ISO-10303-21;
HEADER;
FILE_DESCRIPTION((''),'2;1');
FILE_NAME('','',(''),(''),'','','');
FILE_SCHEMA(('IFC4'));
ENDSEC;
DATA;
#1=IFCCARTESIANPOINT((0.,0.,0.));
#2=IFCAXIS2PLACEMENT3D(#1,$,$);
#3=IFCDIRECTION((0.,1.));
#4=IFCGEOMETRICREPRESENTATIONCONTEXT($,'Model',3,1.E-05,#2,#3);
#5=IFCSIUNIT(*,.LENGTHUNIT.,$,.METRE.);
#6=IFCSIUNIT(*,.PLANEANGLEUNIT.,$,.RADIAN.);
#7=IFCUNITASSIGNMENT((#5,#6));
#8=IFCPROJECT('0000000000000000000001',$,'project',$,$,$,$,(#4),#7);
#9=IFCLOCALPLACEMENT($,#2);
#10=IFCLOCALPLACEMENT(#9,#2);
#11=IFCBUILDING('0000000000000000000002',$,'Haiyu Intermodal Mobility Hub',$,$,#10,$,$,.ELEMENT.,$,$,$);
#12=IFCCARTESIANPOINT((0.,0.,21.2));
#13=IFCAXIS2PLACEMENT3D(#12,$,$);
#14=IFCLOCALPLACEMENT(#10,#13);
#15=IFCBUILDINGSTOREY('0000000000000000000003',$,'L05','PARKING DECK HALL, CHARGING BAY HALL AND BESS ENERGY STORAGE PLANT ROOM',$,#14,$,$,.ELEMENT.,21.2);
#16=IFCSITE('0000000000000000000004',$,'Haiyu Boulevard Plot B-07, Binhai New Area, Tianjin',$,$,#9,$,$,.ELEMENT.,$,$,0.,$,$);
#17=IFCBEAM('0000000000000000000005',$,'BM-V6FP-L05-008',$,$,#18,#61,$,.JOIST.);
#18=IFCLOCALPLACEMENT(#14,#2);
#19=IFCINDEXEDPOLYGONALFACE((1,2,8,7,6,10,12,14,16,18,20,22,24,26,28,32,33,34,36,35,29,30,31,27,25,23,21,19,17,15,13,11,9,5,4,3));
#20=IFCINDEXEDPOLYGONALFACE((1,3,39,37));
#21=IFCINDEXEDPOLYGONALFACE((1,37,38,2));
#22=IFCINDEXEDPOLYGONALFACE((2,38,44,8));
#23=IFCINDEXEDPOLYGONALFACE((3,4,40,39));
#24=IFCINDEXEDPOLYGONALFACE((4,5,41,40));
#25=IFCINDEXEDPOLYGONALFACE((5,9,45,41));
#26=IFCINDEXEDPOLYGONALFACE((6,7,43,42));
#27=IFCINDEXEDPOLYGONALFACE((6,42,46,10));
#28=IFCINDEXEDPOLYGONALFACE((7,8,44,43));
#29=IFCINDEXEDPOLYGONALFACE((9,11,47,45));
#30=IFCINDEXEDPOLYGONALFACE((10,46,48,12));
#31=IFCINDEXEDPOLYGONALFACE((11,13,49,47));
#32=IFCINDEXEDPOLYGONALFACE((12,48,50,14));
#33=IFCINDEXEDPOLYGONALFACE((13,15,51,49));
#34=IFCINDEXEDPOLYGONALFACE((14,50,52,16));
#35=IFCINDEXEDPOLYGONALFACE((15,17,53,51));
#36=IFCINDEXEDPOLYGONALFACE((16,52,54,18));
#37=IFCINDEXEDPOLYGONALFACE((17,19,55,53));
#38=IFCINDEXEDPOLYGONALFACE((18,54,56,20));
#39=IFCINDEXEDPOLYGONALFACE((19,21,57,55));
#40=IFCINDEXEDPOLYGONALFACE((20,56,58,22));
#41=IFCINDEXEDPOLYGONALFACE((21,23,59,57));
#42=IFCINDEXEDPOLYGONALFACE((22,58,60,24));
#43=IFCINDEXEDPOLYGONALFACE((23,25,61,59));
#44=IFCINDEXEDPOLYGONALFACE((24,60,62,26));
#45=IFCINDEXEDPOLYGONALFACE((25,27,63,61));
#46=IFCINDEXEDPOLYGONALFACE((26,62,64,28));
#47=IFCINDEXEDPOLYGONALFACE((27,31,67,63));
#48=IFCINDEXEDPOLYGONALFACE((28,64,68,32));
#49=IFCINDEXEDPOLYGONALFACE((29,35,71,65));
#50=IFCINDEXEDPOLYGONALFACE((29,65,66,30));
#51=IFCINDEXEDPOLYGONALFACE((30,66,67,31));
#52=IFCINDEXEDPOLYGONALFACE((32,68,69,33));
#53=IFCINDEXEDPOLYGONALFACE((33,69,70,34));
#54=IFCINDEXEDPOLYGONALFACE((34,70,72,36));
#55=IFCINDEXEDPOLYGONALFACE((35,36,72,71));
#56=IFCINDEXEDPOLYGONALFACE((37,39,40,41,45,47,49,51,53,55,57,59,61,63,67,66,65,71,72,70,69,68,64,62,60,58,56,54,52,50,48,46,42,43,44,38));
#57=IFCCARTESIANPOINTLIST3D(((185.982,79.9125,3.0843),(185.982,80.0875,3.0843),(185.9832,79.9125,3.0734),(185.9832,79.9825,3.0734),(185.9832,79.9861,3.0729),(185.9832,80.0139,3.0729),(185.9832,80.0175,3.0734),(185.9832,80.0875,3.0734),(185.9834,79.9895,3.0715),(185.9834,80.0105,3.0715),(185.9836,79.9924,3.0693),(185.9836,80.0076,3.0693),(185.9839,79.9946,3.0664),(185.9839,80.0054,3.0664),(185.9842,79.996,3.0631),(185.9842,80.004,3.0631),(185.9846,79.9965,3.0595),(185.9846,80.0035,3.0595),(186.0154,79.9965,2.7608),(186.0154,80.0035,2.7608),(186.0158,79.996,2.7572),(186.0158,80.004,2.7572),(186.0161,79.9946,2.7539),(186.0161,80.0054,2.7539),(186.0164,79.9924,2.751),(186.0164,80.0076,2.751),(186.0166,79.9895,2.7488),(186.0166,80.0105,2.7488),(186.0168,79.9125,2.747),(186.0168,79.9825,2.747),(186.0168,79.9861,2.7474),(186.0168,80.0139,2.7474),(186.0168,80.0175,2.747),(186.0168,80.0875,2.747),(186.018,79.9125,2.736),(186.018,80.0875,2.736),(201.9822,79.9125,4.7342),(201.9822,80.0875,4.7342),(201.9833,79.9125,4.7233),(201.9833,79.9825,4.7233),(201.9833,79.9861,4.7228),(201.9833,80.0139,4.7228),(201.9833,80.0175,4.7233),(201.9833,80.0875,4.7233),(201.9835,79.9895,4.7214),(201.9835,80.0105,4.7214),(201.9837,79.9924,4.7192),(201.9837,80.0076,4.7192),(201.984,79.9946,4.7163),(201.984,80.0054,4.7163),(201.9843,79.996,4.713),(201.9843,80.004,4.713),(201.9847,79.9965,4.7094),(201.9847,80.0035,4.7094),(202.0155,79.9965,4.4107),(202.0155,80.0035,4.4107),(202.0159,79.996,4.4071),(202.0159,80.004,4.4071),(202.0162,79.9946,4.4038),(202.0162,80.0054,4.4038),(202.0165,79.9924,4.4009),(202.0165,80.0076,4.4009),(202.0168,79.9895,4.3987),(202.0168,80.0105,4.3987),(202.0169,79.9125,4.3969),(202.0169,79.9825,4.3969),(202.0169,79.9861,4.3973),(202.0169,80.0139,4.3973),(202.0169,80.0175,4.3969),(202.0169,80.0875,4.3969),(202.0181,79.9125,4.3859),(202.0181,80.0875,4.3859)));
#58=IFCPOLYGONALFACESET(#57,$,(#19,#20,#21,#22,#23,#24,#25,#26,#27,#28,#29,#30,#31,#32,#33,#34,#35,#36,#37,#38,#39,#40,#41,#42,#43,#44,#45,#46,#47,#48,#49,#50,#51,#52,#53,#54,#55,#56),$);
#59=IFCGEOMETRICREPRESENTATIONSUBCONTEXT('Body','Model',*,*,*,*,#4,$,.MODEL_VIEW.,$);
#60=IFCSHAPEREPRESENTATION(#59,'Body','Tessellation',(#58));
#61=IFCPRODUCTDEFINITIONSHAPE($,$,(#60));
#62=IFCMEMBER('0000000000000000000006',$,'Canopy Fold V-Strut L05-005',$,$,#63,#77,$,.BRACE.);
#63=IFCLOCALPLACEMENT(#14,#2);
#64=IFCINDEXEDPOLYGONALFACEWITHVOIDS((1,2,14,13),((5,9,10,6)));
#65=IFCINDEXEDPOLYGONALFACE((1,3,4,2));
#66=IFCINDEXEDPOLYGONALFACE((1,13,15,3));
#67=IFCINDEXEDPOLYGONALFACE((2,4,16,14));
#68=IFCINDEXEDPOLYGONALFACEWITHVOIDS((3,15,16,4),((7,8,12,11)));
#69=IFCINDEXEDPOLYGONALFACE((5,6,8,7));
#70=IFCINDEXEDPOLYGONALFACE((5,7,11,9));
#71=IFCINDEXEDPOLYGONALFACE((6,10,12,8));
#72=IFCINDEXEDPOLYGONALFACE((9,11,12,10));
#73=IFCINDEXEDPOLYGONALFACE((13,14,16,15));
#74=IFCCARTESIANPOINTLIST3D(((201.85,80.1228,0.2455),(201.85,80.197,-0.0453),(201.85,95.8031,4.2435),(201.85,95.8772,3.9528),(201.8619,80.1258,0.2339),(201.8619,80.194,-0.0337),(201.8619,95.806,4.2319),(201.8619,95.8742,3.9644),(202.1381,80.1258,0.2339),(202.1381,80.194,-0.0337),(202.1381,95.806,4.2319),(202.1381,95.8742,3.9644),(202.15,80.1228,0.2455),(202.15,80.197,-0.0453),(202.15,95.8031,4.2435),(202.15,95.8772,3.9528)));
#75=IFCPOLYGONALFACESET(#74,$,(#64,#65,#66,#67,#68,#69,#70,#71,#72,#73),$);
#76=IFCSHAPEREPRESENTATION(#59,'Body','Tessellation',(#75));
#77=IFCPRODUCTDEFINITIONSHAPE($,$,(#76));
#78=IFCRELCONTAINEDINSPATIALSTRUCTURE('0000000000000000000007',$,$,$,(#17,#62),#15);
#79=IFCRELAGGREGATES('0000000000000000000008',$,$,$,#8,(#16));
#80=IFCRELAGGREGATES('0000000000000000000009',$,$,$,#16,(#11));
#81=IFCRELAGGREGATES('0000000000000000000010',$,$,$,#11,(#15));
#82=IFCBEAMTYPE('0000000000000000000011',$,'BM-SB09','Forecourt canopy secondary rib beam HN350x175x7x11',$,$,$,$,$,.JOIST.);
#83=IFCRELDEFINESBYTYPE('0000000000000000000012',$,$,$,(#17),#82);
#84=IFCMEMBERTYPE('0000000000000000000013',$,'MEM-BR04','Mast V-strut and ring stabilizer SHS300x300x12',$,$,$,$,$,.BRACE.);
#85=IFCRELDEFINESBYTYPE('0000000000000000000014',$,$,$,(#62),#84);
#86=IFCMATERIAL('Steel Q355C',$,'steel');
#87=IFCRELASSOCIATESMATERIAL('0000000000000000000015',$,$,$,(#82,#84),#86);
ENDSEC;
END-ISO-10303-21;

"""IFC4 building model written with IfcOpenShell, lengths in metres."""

from ifc_helpers import new_model, si_unit, direction, frame, origin, origin_2d, place, context, subcontext, project, spatial, hollow_rectangle, i_section, extrude, material, material_profile, profile_set, type_object, element, save


model = new_model("IFC4")

# Units and contexts
model_context = context("Model", 3, precision=1e-05, world=origin(), true_north=direction((0.0, 1.0)))
body_context = subcontext(model_context, "Body", "Model", "MODEL_VIEW")
ifc_project = project(units=[si_unit("LENGTHUNIT", "METRE"), si_unit("PLANEANGLEUNIT", "RADIAN")], contexts=[model_context])

# Site, building, storey
site_placement = place(None, origin())
site = spatial("IfcSite", under=ifc_project, at=site_placement, Name="Haiyu Boulevard Plot B-07, Binhai New Area, Tianjin", CompositionType="ELEMENT", RefElevation=0.0)
building_placement = place(site_placement, origin())
building = spatial("IfcBuilding", under=site, at=building_placement, Name="Haiyu Intermodal Mobility Hub", CompositionType="ELEMENT")
storey_placement = place(building_placement, frame((0.0, 0.0, 21.2)))
storey = spatial("IfcBuildingStorey", under=building, at=storey_placement, Name="L05", Description="PARKING DECK HALL, CHARGING BAY HALL AND BESS ENERGY STORAGE PLANT ROOM", CompositionType="ELEMENT", Elevation=21.2)

# Shared definitions
ifc_material_1 = material(Name="Steel Q355C", Category="steel")

# Beam
ifc_material_profile_1 = material_profile(ifc_material_1, i_section(OverallWidth=0.175, OverallDepth=0.3501, WebThickness=0.0071, FlangeThickness=0.011, FilletRadius=0.0139, at=origin_2d()), Name="HN350x175x7x11")
ifc_profile_set_1 = profile_set([ifc_material_profile_1], Name="Steel Q355C")
beam_type_1 = type_object("IfcBeamType", Name="BM-SB09", Description="Forecourt canopy secondary rib beam HN350x175x7x11", PredefinedType="JOIST", material=ifc_profile_set_1)
beam_1_placement = place(storey_placement, frame((186.0, 80.0, 2.9102), z_axis=(0.994725, 0.0, 0.102575), x_axis=(0.0, 1.0, 0.0)))
element("IfcBeam", 1, at=beam_1_placement, inside=storey, type_object=beam_type_1, Name="BM-V6FP-L05-008", PredefinedType="JOIST", context=body_context, shape_type="SweptSolid", body=[
    extrude(i_section(OverallWidth=0.175, OverallDepth=0.3501, WebThickness=0.0071, FlangeThickness=0.011, FilletRadius=0.0139, at=origin_2d()), origin(), (0.0, 0.0, 1.0), 16.085),
])

# Member
ifc_material_profile_2 = material_profile(ifc_material_1, hollow_rectangle(XDim=0.3, YDim=0.3, WallThickness=0.012, at=origin_2d()), Name="SHS300x300x12")
ifc_profile_set_2 = profile_set([ifc_material_profile_2], Name="Steel Q355C")
member_type = type_object("IfcMemberType", Name="MEM-BR04", Description="Mast V-strut and ring stabilizer SHS300x300x12", PredefinedType="BRACE", material=ifc_profile_set_2)
member_placement = place(storey_placement, frame((202.0, 80.1599, 0.1001), z_axis=(0.0, 0.968998, 0.24707), x_axis=(-1.0, 0.0, 0.0)))
element("IfcMember", 2, at=member_placement, inside=storey, type_object=member_type, Name="Canopy Fold V-Strut L05-005", PredefinedType="BRACE", context=body_context, shape_type="SweptSolid", body=[
    extrude(hollow_rectangle(XDim=0.3, YDim=0.3, WallThickness=0.012, at=origin_2d()), origin(), (0.0, 0.0, 1.0), 16.1819),
])

save(model, "model.ifc")
